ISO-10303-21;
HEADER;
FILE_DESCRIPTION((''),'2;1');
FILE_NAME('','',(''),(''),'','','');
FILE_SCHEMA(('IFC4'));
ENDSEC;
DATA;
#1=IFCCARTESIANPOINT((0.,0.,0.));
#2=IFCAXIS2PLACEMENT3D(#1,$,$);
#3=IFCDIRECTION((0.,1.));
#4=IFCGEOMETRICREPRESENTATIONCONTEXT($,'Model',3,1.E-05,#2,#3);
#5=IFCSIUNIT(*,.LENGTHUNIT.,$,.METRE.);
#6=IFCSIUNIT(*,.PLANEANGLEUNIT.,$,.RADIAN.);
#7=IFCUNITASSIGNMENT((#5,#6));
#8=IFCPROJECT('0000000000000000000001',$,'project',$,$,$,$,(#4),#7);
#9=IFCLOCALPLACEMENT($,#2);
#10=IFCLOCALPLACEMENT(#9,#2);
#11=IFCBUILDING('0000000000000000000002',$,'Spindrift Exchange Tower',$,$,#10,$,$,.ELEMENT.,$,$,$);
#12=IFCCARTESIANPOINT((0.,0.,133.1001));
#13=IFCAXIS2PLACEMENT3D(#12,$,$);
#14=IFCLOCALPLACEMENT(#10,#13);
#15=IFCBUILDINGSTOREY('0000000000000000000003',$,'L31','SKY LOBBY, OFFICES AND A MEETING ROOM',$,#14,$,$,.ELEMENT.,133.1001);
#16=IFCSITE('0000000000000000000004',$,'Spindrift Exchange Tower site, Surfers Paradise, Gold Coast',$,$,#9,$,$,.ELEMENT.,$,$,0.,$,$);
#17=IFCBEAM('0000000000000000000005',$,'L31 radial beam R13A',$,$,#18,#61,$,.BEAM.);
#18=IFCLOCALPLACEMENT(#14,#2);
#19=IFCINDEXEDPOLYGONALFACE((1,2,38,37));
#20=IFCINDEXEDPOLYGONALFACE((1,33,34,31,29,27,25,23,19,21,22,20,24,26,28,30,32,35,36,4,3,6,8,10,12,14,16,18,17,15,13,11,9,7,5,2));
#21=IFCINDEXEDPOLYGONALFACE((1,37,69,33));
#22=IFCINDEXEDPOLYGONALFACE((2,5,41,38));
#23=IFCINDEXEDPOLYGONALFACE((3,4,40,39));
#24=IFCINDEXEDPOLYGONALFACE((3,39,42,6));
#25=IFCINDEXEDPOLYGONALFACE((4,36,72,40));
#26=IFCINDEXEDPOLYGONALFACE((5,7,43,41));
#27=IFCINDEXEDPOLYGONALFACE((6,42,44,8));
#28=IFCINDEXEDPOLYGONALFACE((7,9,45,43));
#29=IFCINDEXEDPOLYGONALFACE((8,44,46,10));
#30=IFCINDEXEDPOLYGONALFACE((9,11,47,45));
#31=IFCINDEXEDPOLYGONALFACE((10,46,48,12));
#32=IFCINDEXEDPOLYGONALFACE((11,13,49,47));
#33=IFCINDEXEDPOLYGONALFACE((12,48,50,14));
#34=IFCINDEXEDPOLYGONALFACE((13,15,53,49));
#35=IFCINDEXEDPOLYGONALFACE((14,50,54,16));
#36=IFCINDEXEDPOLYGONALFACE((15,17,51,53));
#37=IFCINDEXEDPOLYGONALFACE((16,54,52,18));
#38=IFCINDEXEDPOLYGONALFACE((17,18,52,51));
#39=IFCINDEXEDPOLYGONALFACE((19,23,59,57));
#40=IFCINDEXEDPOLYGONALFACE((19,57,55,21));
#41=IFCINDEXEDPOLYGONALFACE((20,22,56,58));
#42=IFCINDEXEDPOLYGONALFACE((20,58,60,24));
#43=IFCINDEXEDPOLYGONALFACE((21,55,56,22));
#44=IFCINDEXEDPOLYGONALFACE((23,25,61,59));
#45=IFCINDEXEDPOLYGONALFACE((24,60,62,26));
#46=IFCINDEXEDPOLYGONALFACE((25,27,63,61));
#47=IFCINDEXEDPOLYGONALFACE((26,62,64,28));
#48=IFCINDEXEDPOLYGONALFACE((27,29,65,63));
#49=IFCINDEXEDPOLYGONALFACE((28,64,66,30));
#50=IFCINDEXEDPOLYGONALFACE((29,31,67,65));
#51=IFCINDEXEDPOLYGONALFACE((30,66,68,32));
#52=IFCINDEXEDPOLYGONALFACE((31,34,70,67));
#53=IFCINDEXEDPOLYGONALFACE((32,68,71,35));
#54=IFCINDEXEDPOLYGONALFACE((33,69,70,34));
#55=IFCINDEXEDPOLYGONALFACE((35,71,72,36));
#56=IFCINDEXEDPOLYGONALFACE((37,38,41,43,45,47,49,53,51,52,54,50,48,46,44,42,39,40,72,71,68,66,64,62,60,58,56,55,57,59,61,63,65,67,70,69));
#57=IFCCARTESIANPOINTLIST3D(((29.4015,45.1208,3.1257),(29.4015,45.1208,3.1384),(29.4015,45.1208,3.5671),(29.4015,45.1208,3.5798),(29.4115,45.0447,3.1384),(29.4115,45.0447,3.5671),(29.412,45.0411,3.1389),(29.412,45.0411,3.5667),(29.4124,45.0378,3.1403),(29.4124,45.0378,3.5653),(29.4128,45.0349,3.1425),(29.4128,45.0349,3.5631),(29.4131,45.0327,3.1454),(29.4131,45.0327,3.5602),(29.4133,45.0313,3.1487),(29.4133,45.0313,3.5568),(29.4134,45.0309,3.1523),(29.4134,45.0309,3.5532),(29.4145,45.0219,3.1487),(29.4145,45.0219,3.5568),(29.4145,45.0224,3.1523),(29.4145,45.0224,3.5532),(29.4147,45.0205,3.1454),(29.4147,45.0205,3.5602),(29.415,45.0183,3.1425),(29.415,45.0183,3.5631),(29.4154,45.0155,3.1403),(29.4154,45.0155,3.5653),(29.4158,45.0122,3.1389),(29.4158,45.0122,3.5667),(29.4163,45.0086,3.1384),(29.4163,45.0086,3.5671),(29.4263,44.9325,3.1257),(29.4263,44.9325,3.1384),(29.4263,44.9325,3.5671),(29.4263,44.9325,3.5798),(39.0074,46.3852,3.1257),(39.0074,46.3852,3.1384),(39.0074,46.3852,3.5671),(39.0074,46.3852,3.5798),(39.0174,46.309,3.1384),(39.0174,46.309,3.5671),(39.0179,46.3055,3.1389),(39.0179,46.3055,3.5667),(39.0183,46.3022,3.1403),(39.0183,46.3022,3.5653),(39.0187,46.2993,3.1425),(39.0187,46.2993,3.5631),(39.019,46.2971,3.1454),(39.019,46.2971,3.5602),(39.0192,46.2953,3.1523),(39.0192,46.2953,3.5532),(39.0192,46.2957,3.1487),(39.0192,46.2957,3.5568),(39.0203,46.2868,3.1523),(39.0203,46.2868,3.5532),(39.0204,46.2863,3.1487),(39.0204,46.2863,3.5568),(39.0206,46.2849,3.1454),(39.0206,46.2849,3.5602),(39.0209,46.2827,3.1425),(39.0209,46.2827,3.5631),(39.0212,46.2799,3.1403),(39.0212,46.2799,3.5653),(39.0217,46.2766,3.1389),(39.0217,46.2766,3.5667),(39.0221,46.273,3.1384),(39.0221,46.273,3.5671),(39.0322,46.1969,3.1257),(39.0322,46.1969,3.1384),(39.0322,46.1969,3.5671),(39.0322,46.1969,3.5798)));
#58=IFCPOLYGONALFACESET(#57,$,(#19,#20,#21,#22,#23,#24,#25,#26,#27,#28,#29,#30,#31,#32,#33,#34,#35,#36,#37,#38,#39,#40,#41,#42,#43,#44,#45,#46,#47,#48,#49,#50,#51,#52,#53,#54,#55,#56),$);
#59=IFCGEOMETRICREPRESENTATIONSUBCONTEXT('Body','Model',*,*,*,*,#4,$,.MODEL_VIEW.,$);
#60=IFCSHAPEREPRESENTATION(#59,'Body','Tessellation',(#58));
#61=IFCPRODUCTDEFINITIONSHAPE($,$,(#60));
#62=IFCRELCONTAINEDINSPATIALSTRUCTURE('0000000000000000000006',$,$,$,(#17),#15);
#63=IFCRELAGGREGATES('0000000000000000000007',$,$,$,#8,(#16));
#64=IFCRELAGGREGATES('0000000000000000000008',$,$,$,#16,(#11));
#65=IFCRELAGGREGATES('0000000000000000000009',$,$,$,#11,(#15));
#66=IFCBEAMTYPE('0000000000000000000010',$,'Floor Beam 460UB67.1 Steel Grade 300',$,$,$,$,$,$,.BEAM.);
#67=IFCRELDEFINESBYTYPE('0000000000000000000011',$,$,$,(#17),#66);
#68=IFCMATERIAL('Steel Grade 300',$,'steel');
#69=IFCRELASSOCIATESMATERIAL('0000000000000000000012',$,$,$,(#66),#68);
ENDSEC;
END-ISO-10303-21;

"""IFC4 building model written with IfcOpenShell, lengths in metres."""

from ifc_helpers import new_model, si_unit, direction, frame, origin, origin_2d, place, context, subcontext, project, spatial, i_section, extrude, source, transform, mapped, material, material_profile, profile_set, type_object, element, save


model = new_model("IFC4")

# Units and contexts
model_context = context("Model", 3, precision=1e-05, world=origin(), true_north=direction((0.0, 1.0)))
body_context = subcontext(model_context, "Body", "Model", "MODEL_VIEW")
ifc_project = project(units=[si_unit("LENGTHUNIT", "METRE"), si_unit("PLANEANGLEUNIT", "RADIAN")], contexts=[model_context])

# Site, building, storey
site_placement = place(None, origin())
site = spatial("IfcSite", under=ifc_project, at=site_placement, Name="Spindrift Exchange Tower site, Surfers Paradise, Gold Coast", CompositionType="ELEMENT", RefElevation=0.0)
building_placement = place(site_placement, origin())
building = spatial("IfcBuilding", under=site, at=building_placement, Name="Spindrift Exchange Tower", CompositionType="ELEMENT")
storey_placement = place(building_placement, frame((0.0, 0.0, 133.1001)))
storey = spatial("IfcBuildingStorey", under=building, at=storey_placement, Name="L31", Description="SKY LOBBY, OFFICES AND A MEETING ROOM", CompositionType="ELEMENT", Elevation=133.1001)

# Beam
ifc_material_1 = material(Name="Steel Grade 300", Category="steel")
ifc_material_profile = material_profile(ifc_material_1, i_section(OverallWidth=0.1899, OverallDepth=0.4541, WebThickness=0.0085, FlangeThickness=0.0127, FilletRadius=0.0139, at=origin_2d()), Name="460UB67.1")
ifc_profile_set = profile_set([ifc_material_profile], Name="Steel Grade 300")
beam_type = type_object("IfcBeamType", Name="Floor Beam 460UB67.1 Steel Grade 300", PredefinedType="BEAM", material=ifc_profile_set)
shared_shape_1 = source(origin(), body_context, "Body", "SweptSolid", [
    extrude(i_section(OverallWidth=0.1899, OverallDepth=0.4541, WebThickness=0.0085, FlangeThickness=0.0127, FilletRadius=0.0139, at=origin_2d()), origin(), (0.0, 0.0, 1.0), 9.6887),
])
beam_placement = place(storey_placement, frame((39.0198, 46.291, 3.3528), z_axis=(-0.991448, -0.130501, 0.0), x_axis=(0.130501, -0.991448, 0.0)))
element("IfcBeam", 1, at=beam_placement, inside=storey, type_object=beam_type, Name="L31 radial beam R13A", PredefinedType="BEAM", context=body_context, shape_type="MappedRepresentation", body=[
    mapped(shared_shape_1, transform((0.0, 0.0, 0.0), scale=1.0)),
])

save(model, "model.ifc")
